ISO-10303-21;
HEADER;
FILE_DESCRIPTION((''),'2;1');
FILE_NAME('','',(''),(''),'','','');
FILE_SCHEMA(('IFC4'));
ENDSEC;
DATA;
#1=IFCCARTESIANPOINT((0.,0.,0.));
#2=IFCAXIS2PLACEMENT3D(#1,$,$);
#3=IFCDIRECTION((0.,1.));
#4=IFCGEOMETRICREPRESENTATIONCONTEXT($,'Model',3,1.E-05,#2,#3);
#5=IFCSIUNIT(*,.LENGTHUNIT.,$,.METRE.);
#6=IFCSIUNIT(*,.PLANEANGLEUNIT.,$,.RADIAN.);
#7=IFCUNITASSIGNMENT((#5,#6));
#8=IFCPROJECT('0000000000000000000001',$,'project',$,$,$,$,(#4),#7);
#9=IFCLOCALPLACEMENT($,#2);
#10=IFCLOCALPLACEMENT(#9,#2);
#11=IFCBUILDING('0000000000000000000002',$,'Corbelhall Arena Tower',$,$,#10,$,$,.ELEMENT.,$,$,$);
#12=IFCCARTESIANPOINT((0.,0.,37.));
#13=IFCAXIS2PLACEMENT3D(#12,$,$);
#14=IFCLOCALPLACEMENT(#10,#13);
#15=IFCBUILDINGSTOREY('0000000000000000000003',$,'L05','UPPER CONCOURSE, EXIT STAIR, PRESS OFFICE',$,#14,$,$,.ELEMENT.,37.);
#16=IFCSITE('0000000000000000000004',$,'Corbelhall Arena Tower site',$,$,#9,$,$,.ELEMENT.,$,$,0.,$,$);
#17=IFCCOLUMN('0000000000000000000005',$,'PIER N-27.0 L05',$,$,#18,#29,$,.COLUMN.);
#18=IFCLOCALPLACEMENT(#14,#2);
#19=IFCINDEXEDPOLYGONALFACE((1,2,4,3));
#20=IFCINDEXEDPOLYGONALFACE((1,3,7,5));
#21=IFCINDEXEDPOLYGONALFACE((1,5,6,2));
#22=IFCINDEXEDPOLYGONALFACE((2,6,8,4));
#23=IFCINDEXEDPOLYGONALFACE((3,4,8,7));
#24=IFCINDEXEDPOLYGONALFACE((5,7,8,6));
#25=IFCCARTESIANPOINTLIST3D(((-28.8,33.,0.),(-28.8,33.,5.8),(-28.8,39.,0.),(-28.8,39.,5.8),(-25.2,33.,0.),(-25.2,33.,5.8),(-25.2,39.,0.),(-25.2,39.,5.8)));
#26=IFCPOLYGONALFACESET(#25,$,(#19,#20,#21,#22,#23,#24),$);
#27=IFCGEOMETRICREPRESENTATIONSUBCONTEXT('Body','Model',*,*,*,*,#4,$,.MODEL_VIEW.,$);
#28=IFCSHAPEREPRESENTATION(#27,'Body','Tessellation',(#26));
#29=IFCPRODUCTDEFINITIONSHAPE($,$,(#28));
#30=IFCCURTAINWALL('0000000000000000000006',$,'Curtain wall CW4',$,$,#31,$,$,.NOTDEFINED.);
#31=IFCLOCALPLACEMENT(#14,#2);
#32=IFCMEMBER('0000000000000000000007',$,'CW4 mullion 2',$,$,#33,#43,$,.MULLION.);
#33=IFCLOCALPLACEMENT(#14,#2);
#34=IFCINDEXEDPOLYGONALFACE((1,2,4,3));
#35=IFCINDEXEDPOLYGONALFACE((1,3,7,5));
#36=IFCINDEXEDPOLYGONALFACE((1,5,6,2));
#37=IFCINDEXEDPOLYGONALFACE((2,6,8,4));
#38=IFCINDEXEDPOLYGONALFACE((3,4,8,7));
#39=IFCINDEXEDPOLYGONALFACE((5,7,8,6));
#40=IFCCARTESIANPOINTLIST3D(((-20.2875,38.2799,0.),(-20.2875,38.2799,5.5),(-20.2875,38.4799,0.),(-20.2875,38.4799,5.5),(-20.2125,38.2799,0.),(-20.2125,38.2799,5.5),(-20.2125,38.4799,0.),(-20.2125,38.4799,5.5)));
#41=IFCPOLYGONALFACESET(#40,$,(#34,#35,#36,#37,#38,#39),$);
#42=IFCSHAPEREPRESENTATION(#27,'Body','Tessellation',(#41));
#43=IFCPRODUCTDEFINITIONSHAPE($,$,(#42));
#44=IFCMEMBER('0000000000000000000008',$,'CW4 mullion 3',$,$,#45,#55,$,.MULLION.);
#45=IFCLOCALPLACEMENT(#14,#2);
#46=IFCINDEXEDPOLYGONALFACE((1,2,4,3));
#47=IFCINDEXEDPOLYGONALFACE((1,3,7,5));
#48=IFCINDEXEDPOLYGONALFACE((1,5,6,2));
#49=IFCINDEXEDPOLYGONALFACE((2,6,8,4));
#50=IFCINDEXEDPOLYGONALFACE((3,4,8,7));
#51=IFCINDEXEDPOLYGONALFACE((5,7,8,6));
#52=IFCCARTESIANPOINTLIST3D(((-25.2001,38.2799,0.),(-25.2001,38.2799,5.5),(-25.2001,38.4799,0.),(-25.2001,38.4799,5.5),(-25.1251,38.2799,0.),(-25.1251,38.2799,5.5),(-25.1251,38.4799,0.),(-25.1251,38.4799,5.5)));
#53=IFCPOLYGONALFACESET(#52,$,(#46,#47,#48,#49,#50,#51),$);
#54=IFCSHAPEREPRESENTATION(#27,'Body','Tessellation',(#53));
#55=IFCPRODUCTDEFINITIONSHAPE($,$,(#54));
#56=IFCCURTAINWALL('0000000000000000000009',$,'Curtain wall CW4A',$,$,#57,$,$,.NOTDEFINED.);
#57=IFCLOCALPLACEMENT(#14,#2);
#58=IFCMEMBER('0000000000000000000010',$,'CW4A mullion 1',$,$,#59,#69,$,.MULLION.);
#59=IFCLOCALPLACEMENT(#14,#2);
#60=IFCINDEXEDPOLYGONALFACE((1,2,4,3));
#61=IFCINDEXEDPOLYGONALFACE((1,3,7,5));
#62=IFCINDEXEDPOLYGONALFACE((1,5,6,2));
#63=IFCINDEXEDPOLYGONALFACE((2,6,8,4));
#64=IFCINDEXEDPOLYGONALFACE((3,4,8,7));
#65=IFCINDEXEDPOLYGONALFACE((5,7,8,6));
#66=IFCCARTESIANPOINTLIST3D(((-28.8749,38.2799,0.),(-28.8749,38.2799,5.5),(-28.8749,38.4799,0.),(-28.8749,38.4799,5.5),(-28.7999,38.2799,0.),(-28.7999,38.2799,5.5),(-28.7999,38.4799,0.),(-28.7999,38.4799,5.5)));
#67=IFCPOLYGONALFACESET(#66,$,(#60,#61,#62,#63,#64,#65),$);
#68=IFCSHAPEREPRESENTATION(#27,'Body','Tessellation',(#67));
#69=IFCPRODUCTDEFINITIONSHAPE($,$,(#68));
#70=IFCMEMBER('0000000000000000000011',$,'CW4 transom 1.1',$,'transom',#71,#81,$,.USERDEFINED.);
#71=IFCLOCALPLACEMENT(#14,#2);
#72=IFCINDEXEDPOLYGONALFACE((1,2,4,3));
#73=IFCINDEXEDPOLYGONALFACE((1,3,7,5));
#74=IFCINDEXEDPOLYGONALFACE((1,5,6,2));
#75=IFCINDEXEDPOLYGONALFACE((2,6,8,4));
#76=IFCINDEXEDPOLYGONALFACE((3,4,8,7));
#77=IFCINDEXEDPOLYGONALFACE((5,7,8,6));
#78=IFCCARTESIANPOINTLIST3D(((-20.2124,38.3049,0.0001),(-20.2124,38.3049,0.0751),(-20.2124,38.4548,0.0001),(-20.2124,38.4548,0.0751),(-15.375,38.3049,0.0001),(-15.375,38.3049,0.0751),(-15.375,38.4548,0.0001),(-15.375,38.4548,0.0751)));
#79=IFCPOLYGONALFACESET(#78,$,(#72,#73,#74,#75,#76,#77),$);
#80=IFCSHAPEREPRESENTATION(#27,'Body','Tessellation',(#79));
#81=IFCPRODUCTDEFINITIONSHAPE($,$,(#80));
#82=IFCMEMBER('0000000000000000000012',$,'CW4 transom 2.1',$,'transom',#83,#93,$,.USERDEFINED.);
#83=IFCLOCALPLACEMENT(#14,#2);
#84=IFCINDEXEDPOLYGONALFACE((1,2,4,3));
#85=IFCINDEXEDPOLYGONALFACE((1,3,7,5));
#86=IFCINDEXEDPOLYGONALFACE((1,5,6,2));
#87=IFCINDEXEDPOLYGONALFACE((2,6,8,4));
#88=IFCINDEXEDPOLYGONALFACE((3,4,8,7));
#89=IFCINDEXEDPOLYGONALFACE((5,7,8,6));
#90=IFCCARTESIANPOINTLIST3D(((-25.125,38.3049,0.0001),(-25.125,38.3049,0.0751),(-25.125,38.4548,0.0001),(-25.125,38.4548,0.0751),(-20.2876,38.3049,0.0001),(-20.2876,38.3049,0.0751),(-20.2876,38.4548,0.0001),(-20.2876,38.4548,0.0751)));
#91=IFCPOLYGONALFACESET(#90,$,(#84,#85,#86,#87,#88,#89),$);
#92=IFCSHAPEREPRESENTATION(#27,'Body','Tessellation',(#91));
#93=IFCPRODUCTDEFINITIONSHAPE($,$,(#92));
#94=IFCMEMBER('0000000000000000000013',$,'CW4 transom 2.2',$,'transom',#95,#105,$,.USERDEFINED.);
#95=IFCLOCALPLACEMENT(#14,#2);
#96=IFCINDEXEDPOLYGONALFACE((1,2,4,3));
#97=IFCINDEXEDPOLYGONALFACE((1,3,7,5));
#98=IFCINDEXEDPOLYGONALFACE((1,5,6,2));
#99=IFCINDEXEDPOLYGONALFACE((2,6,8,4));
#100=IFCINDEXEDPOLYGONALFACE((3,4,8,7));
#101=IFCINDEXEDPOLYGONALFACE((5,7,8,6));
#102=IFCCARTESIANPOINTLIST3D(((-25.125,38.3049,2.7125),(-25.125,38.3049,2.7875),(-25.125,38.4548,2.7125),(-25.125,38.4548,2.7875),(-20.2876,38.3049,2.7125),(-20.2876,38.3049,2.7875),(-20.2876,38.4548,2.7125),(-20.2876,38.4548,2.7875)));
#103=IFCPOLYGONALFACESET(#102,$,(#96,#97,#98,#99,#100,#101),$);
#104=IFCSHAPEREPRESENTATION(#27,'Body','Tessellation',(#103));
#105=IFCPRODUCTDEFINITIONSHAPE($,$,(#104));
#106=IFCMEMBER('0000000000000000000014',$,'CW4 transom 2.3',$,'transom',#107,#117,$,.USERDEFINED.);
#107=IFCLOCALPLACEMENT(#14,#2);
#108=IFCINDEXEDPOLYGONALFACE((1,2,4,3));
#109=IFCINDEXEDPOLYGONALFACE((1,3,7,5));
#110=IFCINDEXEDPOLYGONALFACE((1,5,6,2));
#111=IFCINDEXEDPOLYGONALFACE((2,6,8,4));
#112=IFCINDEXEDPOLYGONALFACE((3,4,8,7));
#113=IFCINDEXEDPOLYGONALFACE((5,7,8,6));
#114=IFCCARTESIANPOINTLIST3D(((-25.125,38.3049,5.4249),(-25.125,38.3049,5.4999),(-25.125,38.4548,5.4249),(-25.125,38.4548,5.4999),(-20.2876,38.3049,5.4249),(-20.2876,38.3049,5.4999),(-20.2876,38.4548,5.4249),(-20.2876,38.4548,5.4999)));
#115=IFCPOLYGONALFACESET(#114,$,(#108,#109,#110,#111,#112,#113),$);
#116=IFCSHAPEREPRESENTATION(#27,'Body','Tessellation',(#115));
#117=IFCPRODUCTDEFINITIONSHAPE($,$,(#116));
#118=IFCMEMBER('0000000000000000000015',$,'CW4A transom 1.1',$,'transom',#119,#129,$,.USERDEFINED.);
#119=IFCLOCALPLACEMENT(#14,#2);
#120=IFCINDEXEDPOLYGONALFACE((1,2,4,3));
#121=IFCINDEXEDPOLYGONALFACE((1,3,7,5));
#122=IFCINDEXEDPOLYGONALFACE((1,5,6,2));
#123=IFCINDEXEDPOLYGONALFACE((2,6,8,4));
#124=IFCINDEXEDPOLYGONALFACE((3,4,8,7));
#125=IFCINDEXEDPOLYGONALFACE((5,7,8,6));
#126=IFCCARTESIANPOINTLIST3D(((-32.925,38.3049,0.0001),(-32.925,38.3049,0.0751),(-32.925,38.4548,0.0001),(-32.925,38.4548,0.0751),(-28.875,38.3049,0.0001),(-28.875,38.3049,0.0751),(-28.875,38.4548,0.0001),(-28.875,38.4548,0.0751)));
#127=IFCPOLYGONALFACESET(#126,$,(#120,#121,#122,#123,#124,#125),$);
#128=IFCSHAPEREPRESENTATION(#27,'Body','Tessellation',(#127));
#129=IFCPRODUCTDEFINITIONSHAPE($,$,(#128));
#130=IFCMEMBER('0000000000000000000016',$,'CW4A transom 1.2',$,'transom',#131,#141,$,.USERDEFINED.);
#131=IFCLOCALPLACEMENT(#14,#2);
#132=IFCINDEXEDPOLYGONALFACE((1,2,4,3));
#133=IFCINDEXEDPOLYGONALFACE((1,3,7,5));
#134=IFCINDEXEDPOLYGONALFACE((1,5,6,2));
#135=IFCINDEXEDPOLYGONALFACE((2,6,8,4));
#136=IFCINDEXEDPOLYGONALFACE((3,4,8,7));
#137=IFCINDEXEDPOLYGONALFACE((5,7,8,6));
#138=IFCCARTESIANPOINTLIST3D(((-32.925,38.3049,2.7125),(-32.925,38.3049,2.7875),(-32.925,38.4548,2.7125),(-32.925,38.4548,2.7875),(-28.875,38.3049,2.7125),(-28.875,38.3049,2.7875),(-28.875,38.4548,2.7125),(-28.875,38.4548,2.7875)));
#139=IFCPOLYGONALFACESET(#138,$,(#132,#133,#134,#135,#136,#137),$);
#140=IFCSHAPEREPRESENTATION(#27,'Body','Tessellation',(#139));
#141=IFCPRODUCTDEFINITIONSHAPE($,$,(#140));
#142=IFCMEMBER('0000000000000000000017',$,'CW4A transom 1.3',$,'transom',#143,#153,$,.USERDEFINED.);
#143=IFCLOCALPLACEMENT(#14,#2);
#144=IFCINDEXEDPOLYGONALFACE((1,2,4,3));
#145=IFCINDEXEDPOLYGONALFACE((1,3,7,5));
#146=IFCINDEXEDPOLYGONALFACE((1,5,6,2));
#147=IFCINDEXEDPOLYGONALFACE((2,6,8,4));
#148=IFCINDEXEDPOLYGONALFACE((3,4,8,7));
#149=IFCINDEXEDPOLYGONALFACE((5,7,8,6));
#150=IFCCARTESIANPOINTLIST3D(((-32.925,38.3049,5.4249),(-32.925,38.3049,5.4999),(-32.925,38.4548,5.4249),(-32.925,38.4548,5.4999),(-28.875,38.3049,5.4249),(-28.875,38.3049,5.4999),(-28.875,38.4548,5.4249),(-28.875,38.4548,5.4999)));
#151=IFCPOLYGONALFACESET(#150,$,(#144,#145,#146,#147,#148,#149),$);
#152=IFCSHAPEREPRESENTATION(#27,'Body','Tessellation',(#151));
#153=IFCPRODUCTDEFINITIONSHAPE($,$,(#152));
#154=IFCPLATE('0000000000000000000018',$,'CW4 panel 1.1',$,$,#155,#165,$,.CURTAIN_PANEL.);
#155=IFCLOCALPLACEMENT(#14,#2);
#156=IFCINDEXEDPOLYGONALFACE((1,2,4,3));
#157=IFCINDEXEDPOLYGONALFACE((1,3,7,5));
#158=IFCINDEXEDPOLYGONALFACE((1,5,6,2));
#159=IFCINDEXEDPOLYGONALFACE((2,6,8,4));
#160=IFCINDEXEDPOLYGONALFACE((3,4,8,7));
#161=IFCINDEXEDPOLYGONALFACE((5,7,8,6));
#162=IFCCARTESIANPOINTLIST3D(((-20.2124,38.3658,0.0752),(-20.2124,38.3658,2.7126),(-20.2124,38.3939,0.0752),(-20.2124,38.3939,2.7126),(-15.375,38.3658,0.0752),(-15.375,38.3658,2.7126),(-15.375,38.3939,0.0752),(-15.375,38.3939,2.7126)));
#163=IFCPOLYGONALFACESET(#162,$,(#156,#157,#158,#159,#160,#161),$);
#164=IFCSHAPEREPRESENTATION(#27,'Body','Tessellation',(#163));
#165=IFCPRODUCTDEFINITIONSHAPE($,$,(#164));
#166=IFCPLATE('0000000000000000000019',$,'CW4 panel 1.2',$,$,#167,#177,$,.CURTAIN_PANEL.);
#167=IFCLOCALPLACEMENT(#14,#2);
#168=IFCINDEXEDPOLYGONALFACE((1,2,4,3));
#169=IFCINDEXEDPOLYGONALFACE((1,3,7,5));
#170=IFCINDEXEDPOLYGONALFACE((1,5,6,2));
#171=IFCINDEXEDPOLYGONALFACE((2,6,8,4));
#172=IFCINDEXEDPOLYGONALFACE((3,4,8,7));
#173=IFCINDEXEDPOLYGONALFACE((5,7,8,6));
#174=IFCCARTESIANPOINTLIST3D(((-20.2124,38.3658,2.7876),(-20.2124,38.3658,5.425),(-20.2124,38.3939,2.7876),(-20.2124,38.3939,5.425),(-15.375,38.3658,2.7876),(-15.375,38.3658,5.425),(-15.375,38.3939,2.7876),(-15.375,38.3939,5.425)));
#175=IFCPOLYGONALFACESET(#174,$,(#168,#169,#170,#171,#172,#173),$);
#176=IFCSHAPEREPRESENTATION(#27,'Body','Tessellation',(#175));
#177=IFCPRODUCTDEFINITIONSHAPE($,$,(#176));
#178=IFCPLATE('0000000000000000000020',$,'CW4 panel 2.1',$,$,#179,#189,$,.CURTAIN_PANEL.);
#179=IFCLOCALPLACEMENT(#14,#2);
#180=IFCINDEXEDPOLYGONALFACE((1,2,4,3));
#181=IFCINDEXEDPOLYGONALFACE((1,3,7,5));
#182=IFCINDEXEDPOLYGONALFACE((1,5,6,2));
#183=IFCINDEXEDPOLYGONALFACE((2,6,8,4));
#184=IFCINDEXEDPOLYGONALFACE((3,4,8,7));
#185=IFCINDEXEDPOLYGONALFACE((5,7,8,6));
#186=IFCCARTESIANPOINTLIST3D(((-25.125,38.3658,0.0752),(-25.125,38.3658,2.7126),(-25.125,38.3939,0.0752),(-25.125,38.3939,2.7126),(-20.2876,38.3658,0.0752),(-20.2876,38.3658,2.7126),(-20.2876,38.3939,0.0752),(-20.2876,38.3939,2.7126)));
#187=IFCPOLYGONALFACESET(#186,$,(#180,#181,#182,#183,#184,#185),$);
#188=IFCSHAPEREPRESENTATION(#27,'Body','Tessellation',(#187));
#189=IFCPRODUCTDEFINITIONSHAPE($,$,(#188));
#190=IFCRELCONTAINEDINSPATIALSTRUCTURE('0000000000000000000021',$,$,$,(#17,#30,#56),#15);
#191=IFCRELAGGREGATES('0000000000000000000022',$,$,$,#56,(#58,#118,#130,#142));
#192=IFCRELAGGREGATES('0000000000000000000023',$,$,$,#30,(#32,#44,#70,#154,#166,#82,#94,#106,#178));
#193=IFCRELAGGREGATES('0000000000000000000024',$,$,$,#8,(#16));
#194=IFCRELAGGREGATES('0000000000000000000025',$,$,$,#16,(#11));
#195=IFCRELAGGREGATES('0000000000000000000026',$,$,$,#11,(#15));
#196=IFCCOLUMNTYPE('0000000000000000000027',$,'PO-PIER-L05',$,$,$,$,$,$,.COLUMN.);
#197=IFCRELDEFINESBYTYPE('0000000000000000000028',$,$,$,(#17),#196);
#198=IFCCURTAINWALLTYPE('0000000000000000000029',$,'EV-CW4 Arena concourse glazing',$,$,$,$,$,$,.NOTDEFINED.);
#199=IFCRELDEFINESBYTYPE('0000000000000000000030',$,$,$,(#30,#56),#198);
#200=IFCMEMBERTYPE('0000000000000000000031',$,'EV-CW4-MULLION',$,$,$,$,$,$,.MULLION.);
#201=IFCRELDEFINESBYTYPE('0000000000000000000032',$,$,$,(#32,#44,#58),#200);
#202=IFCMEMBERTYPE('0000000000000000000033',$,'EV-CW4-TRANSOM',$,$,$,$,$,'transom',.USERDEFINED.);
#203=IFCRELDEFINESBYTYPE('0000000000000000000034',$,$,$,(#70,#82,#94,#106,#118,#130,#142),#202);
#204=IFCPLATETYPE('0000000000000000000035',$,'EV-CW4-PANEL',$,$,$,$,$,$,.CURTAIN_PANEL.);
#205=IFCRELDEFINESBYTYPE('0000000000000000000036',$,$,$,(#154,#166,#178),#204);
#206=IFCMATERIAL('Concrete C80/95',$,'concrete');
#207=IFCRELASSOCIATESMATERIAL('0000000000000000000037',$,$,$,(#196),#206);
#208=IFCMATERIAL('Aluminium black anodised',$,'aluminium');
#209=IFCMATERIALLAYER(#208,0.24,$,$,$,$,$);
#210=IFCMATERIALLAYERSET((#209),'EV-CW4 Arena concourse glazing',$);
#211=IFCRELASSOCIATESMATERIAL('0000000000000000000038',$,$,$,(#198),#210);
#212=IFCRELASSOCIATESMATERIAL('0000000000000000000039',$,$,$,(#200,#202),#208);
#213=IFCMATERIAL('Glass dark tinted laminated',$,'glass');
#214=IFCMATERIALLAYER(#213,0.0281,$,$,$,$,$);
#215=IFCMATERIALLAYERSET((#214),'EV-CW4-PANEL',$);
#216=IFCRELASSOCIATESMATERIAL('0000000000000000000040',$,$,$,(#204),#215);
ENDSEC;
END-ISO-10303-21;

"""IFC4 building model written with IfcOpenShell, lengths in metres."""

from ifc_helpers import new_model, si_unit, direction, frame, origin, origin_2d, place, context, subcontext, project, spatial, rectangle, extrude, material, layer, layer_set, material_profile, profile_set, type_object, element, aggregate, save


model = new_model("IFC4")

# Units and contexts
model_context = context("Model", 3, precision=1e-05, world=origin(), true_north=direction((0.0, 1.0)))
body_context = subcontext(model_context, "Body", "Model", "MODEL_VIEW")
ifc_project = project(units=[si_unit("LENGTHUNIT", "METRE"), si_unit("PLANEANGLEUNIT", "RADIAN")], contexts=[model_context])

# Site, building, storey
site_placement = place(None, origin())
site = spatial("IfcSite", under=ifc_project, at=site_placement, Name="Corbelhall Arena Tower site", CompositionType="ELEMENT", RefElevation=0.0)
building_placement = place(site_placement, origin())
building = spatial("IfcBuilding", under=site, at=building_placement, Name="Corbelhall Arena Tower", CompositionType="ELEMENT")
storey_placement = place(building_placement, frame((0.0, 0.0, 37.0)))
storey = spatial("IfcBuildingStorey", under=building, at=storey_placement, Name="L05", Description="UPPER CONCOURSE, EXIT STAIR, PRESS OFFICE", CompositionType="ELEMENT", Elevation=37.0)

# Column
ifc_material_1 = material(Name="Concrete C80/95", Category="concrete")
ifc_material_profile_1 = material_profile(ifc_material_1, rectangle(XDim=3.6001, YDim=6.0, at=origin_2d()))
ifc_profile_set_1 = profile_set([ifc_material_profile_1], Name="Concrete C80/95")
column_type = type_object("IfcColumnType", Name="PO-PIER-L05", PredefinedType="COLUMN", material=ifc_profile_set_1)
column_placement = place(storey_placement, frame((-27.0, 36.0, 0.0), z_axis=(0.0, 0.0, 1.0), x_axis=(1.0, 0.0, 0.0)))
element("IfcColumn", 1, at=column_placement, inside=storey, type_object=column_type, Name="PIER N-27.0 L05", PredefinedType="COLUMN", context=body_context, shape_type="SweptSolid", body=[
    extrude(rectangle(XDim=3.6001, YDim=6.0, at=origin_2d()), origin(), (0.0, 0.0, 1.0), 5.8),
])

# Curtain wall, members
ifc_material_2 = material(Name="Aluminium black anodised", Category="aluminium")
ifc_layer_1 = layer(ifc_material_2, 0.24)
ifc_layer_set_1 = layer_set([ifc_layer_1], Name="EV-CW4 Arena concourse glazing")
curtain_wall_type = type_object("IfcCurtainWallType", Name="EV-CW4 Arena concourse glazing", PredefinedType="NOTDEFINED", material=ifc_layer_set_1)
curtain_wall_1_placement = place(storey_placement, origin())
curtain_wall_1 = element("IfcCurtainWall", 2, at=curtain_wall_1_placement, inside=storey, type_object=curtain_wall_type, Name="Curtain wall CW4", PredefinedType="NOTDEFINED")
ifc_material_profile_2 = material_profile(ifc_material_2, rectangle(XDim=0.2, YDim=0.075, at=origin_2d()))
ifc_profile_set_2 = profile_set([ifc_material_profile_2], Name="Aluminium black anodised")
member_type_1 = type_object("IfcMemberType", Name="EV-CW4-MULLION", PredefinedType="MULLION", material=ifc_profile_set_2)
member_1_placement = place(storey_placement, frame((-20.25, 38.3799, 0.0), z_axis=(0.0, 0.0, 1.0), x_axis=(0.0, -1.0, 0.0)))
member_1 = element("IfcMember", 3, at=member_1_placement, type_object=member_type_1, Name="CW4 mullion 2", PredefinedType="MULLION", context=body_context, shape_type="SweptSolid", body=[
    extrude(rectangle(XDim=0.2, YDim=0.075, at=origin_2d()), origin(), (0.0, 0.0, 1.0), 5.5),
])
member_2_placement = place(storey_placement, frame((-25.1626, 38.3799, 0.0), z_axis=(0.0, 0.0, 1.0), x_axis=(0.0, -1.0, 0.0)))
member_2 = element("IfcMember", 4, at=member_2_placement, type_object=member_type_1, Name="CW4 mullion 3", PredefinedType="MULLION", context=body_context, shape_type="SweptSolid", body=[
    extrude(rectangle(XDim=0.2, YDim=0.075, at=origin_2d()), origin(), (0.0, 0.0, 1.0), 5.5),
])

# Curtain wall, member
curtain_wall_2_placement = place(storey_placement, origin())
curtain_wall_2 = element("IfcCurtainWall", 5, at=curtain_wall_2_placement, inside=storey, type_object=curtain_wall_type, Name="Curtain wall CW4A", PredefinedType="NOTDEFINED")
member_3_placement = place(storey_placement, frame((-28.8374, 38.3799, 0.0), z_axis=(0.0, 0.0, 1.0), x_axis=(0.0, -1.0, 0.0)))
member_3 = element("IfcMember", 6, at=member_3_placement, type_object=member_type_1, Name="CW4A mullion 1", PredefinedType="MULLION", context=body_context, shape_type="SweptSolid", body=[
    extrude(rectangle(XDim=0.2, YDim=0.075, at=origin_2d()), origin(), (0.0, 0.0, 1.0), 5.5),
])

# Members
ifc_material_profile_3 = material_profile(ifc_material_2, rectangle(XDim=0.1499, YDim=0.075, at=origin_2d()))
ifc_profile_set_3 = profile_set([ifc_material_profile_3], Name="Aluminium black anodised")
member_type_2 = type_object("IfcMemberType", Name="EV-CW4-TRANSOM", ElementType="transom", PredefinedType="USERDEFINED", material=ifc_profile_set_3)
member_4_placement = place(storey_placement, frame((-15.375, 38.3799, 0.0376), z_axis=(-1.0, 0.0, 0.0), x_axis=(0.0, -1.0, 0.0)))
member_4 = element("IfcMember", 7, at=member_4_placement, type_object=member_type_2, Name="CW4 transom 1.1", ObjectType="transom", PredefinedType="USERDEFINED", context=body_context, shape_type="SweptSolid", body=[
    extrude(rectangle(XDim=0.1499, YDim=0.075, at=origin_2d()), origin(), (0.0, 0.0, 1.0), 4.8374),
])
member_5_placement = place(storey_placement, frame((-20.2876, 38.3799, 0.0376), z_axis=(-1.0, 0.0, 0.0), x_axis=(0.0, -1.0, 0.0)))
member_5 = element("IfcMember", 8, at=member_5_placement, type_object=member_type_2, Name="CW4 transom 2.1", ObjectType="transom", PredefinedType="USERDEFINED", context=body_context, shape_type="SweptSolid", body=[
    extrude(rectangle(XDim=0.1499, YDim=0.075, at=origin_2d()), origin(), (0.0, 0.0, 1.0), 4.8374),
])
member_6_placement = place(storey_placement, frame((-20.2876, 38.3799, 2.75), z_axis=(-1.0, 0.0, 0.0), x_axis=(0.0, -1.0, 0.0)))
member_6 = element("IfcMember", 9, at=member_6_placement, type_object=member_type_2, Name="CW4 transom 2.2", ObjectType="transom", PredefinedType="USERDEFINED", context=body_context, shape_type="SweptSolid", body=[
    extrude(rectangle(XDim=0.1499, YDim=0.075, at=origin_2d()), origin(), (0.0, 0.0, 1.0), 4.8374),
])
member_7_placement = place(storey_placement, frame((-20.2876, 38.3799, 5.4624), z_axis=(-1.0, 0.0, 0.0), x_axis=(0.0, -1.0, 0.0)))
member_7 = element("IfcMember", 10, at=member_7_placement, type_object=member_type_2, Name="CW4 transom 2.3", ObjectType="transom", PredefinedType="USERDEFINED", context=body_context, shape_type="SweptSolid", body=[
    extrude(rectangle(XDim=0.1499, YDim=0.075, at=origin_2d()), origin(), (0.0, 0.0, 1.0), 4.8374),
])
member_8_placement = place(storey_placement, frame((-28.875, 38.3799, 0.0376), z_axis=(-1.0, 0.0, 0.0), x_axis=(0.0, -1.0, 0.0)))
member_8 = element("IfcMember", 11, at=member_8_placement, type_object=member_type_2, Name="CW4A transom 1.1", ObjectType="transom", PredefinedType="USERDEFINED", context=body_context, shape_type="SweptSolid", body=[
    extrude(rectangle(XDim=0.1499, YDim=0.075, at=origin_2d()), origin(), (0.0, 0.0, 1.0), 4.05),
])
member_9_placement = place(storey_placement, frame((-28.875, 38.3799, 2.75), z_axis=(-1.0, 0.0, 0.0), x_axis=(0.0, -1.0, 0.0)))
member_9 = element("IfcMember", 12, at=member_9_placement, type_object=member_type_2, Name="CW4A transom 1.2", ObjectType="transom", PredefinedType="USERDEFINED", context=body_context, shape_type="SweptSolid", body=[
    extrude(rectangle(XDim=0.1499, YDim=0.075, at=origin_2d()), origin(), (0.0, 0.0, 1.0), 4.05),
])
member_10_placement = place(storey_placement, frame((-28.875, 38.3799, 5.4624), z_axis=(-1.0, 0.0, 0.0), x_axis=(0.0, -1.0, 0.0)))
member_10 = element("IfcMember", 13, at=member_10_placement, type_object=member_type_2, Name="CW4A transom 1.3", ObjectType="transom", PredefinedType="USERDEFINED", context=body_context, shape_type="SweptSolid", body=[
    extrude(rectangle(XDim=0.1499, YDim=0.075, at=origin_2d()), origin(), (0.0, 0.0, 1.0), 4.05),
])
aggregate(curtain_wall_2, [member_3, member_8, member_9, member_10])

# Plates
ifc_material_3 = material(Name="Glass dark tinted laminated", Category="glass")
ifc_layer_2 = layer(ifc_material_3, 0.0281)
ifc_layer_set_2 = layer_set([ifc_layer_2], Name="EV-CW4-PANEL")
plate_type = type_object("IfcPlateType", Name="EV-CW4-PANEL", PredefinedType="CURTAIN_PANEL", material=ifc_layer_set_2)
plate_1_placement = place(storey_placement, frame((-17.7937, 38.3799, 0.0752), z_axis=(0.0, 0.0, 1.0), x_axis=(-1.0, 0.0, 0.0)))
plate_1 = element("IfcPlate", 14, at=plate_1_placement, type_object=plate_type, Name="CW4 panel 1.1", PredefinedType="CURTAIN_PANEL", context=body_context, shape_type="SweptSolid", body=[
    extrude(rectangle(XDim=4.8374, YDim=0.0281, at=origin_2d()), origin(), (0.0, 0.0, 1.0), 2.6375),
])
plate_2_placement = place(storey_placement, frame((-17.7937, 38.3799, 2.7876), z_axis=(0.0, 0.0, 1.0), x_axis=(-1.0, 0.0, 0.0)))
plate_2 = element("IfcPlate", 15, at=plate_2_placement, type_object=plate_type, Name="CW4 panel 1.2", PredefinedType="CURTAIN_PANEL", context=body_context, shape_type="SweptSolid", body=[
    extrude(rectangle(XDim=4.8374, YDim=0.0281, at=origin_2d()), origin(), (0.0, 0.0, 1.0), 2.6375),
])
plate_3_placement = place(storey_placement, frame((-22.7063, 38.3799, 0.0752), z_axis=(0.0, 0.0, 1.0), x_axis=(-1.0, 0.0, 0.0)))
plate_3 = element("IfcPlate", 16, at=plate_3_placement, type_object=plate_type, Name="CW4 panel 2.1", PredefinedType="CURTAIN_PANEL", context=body_context, shape_type="SweptSolid", body=[
    extrude(rectangle(XDim=4.8374, YDim=0.0281, at=origin_2d()), origin(), (0.0, 0.0, 1.0), 2.6375),
])
aggregate(curtain_wall_1, [member_1, member_2, member_4, plate_1, plate_2, member_5, member_6, member_7, plate_3])

save(model, "model.ifc")
